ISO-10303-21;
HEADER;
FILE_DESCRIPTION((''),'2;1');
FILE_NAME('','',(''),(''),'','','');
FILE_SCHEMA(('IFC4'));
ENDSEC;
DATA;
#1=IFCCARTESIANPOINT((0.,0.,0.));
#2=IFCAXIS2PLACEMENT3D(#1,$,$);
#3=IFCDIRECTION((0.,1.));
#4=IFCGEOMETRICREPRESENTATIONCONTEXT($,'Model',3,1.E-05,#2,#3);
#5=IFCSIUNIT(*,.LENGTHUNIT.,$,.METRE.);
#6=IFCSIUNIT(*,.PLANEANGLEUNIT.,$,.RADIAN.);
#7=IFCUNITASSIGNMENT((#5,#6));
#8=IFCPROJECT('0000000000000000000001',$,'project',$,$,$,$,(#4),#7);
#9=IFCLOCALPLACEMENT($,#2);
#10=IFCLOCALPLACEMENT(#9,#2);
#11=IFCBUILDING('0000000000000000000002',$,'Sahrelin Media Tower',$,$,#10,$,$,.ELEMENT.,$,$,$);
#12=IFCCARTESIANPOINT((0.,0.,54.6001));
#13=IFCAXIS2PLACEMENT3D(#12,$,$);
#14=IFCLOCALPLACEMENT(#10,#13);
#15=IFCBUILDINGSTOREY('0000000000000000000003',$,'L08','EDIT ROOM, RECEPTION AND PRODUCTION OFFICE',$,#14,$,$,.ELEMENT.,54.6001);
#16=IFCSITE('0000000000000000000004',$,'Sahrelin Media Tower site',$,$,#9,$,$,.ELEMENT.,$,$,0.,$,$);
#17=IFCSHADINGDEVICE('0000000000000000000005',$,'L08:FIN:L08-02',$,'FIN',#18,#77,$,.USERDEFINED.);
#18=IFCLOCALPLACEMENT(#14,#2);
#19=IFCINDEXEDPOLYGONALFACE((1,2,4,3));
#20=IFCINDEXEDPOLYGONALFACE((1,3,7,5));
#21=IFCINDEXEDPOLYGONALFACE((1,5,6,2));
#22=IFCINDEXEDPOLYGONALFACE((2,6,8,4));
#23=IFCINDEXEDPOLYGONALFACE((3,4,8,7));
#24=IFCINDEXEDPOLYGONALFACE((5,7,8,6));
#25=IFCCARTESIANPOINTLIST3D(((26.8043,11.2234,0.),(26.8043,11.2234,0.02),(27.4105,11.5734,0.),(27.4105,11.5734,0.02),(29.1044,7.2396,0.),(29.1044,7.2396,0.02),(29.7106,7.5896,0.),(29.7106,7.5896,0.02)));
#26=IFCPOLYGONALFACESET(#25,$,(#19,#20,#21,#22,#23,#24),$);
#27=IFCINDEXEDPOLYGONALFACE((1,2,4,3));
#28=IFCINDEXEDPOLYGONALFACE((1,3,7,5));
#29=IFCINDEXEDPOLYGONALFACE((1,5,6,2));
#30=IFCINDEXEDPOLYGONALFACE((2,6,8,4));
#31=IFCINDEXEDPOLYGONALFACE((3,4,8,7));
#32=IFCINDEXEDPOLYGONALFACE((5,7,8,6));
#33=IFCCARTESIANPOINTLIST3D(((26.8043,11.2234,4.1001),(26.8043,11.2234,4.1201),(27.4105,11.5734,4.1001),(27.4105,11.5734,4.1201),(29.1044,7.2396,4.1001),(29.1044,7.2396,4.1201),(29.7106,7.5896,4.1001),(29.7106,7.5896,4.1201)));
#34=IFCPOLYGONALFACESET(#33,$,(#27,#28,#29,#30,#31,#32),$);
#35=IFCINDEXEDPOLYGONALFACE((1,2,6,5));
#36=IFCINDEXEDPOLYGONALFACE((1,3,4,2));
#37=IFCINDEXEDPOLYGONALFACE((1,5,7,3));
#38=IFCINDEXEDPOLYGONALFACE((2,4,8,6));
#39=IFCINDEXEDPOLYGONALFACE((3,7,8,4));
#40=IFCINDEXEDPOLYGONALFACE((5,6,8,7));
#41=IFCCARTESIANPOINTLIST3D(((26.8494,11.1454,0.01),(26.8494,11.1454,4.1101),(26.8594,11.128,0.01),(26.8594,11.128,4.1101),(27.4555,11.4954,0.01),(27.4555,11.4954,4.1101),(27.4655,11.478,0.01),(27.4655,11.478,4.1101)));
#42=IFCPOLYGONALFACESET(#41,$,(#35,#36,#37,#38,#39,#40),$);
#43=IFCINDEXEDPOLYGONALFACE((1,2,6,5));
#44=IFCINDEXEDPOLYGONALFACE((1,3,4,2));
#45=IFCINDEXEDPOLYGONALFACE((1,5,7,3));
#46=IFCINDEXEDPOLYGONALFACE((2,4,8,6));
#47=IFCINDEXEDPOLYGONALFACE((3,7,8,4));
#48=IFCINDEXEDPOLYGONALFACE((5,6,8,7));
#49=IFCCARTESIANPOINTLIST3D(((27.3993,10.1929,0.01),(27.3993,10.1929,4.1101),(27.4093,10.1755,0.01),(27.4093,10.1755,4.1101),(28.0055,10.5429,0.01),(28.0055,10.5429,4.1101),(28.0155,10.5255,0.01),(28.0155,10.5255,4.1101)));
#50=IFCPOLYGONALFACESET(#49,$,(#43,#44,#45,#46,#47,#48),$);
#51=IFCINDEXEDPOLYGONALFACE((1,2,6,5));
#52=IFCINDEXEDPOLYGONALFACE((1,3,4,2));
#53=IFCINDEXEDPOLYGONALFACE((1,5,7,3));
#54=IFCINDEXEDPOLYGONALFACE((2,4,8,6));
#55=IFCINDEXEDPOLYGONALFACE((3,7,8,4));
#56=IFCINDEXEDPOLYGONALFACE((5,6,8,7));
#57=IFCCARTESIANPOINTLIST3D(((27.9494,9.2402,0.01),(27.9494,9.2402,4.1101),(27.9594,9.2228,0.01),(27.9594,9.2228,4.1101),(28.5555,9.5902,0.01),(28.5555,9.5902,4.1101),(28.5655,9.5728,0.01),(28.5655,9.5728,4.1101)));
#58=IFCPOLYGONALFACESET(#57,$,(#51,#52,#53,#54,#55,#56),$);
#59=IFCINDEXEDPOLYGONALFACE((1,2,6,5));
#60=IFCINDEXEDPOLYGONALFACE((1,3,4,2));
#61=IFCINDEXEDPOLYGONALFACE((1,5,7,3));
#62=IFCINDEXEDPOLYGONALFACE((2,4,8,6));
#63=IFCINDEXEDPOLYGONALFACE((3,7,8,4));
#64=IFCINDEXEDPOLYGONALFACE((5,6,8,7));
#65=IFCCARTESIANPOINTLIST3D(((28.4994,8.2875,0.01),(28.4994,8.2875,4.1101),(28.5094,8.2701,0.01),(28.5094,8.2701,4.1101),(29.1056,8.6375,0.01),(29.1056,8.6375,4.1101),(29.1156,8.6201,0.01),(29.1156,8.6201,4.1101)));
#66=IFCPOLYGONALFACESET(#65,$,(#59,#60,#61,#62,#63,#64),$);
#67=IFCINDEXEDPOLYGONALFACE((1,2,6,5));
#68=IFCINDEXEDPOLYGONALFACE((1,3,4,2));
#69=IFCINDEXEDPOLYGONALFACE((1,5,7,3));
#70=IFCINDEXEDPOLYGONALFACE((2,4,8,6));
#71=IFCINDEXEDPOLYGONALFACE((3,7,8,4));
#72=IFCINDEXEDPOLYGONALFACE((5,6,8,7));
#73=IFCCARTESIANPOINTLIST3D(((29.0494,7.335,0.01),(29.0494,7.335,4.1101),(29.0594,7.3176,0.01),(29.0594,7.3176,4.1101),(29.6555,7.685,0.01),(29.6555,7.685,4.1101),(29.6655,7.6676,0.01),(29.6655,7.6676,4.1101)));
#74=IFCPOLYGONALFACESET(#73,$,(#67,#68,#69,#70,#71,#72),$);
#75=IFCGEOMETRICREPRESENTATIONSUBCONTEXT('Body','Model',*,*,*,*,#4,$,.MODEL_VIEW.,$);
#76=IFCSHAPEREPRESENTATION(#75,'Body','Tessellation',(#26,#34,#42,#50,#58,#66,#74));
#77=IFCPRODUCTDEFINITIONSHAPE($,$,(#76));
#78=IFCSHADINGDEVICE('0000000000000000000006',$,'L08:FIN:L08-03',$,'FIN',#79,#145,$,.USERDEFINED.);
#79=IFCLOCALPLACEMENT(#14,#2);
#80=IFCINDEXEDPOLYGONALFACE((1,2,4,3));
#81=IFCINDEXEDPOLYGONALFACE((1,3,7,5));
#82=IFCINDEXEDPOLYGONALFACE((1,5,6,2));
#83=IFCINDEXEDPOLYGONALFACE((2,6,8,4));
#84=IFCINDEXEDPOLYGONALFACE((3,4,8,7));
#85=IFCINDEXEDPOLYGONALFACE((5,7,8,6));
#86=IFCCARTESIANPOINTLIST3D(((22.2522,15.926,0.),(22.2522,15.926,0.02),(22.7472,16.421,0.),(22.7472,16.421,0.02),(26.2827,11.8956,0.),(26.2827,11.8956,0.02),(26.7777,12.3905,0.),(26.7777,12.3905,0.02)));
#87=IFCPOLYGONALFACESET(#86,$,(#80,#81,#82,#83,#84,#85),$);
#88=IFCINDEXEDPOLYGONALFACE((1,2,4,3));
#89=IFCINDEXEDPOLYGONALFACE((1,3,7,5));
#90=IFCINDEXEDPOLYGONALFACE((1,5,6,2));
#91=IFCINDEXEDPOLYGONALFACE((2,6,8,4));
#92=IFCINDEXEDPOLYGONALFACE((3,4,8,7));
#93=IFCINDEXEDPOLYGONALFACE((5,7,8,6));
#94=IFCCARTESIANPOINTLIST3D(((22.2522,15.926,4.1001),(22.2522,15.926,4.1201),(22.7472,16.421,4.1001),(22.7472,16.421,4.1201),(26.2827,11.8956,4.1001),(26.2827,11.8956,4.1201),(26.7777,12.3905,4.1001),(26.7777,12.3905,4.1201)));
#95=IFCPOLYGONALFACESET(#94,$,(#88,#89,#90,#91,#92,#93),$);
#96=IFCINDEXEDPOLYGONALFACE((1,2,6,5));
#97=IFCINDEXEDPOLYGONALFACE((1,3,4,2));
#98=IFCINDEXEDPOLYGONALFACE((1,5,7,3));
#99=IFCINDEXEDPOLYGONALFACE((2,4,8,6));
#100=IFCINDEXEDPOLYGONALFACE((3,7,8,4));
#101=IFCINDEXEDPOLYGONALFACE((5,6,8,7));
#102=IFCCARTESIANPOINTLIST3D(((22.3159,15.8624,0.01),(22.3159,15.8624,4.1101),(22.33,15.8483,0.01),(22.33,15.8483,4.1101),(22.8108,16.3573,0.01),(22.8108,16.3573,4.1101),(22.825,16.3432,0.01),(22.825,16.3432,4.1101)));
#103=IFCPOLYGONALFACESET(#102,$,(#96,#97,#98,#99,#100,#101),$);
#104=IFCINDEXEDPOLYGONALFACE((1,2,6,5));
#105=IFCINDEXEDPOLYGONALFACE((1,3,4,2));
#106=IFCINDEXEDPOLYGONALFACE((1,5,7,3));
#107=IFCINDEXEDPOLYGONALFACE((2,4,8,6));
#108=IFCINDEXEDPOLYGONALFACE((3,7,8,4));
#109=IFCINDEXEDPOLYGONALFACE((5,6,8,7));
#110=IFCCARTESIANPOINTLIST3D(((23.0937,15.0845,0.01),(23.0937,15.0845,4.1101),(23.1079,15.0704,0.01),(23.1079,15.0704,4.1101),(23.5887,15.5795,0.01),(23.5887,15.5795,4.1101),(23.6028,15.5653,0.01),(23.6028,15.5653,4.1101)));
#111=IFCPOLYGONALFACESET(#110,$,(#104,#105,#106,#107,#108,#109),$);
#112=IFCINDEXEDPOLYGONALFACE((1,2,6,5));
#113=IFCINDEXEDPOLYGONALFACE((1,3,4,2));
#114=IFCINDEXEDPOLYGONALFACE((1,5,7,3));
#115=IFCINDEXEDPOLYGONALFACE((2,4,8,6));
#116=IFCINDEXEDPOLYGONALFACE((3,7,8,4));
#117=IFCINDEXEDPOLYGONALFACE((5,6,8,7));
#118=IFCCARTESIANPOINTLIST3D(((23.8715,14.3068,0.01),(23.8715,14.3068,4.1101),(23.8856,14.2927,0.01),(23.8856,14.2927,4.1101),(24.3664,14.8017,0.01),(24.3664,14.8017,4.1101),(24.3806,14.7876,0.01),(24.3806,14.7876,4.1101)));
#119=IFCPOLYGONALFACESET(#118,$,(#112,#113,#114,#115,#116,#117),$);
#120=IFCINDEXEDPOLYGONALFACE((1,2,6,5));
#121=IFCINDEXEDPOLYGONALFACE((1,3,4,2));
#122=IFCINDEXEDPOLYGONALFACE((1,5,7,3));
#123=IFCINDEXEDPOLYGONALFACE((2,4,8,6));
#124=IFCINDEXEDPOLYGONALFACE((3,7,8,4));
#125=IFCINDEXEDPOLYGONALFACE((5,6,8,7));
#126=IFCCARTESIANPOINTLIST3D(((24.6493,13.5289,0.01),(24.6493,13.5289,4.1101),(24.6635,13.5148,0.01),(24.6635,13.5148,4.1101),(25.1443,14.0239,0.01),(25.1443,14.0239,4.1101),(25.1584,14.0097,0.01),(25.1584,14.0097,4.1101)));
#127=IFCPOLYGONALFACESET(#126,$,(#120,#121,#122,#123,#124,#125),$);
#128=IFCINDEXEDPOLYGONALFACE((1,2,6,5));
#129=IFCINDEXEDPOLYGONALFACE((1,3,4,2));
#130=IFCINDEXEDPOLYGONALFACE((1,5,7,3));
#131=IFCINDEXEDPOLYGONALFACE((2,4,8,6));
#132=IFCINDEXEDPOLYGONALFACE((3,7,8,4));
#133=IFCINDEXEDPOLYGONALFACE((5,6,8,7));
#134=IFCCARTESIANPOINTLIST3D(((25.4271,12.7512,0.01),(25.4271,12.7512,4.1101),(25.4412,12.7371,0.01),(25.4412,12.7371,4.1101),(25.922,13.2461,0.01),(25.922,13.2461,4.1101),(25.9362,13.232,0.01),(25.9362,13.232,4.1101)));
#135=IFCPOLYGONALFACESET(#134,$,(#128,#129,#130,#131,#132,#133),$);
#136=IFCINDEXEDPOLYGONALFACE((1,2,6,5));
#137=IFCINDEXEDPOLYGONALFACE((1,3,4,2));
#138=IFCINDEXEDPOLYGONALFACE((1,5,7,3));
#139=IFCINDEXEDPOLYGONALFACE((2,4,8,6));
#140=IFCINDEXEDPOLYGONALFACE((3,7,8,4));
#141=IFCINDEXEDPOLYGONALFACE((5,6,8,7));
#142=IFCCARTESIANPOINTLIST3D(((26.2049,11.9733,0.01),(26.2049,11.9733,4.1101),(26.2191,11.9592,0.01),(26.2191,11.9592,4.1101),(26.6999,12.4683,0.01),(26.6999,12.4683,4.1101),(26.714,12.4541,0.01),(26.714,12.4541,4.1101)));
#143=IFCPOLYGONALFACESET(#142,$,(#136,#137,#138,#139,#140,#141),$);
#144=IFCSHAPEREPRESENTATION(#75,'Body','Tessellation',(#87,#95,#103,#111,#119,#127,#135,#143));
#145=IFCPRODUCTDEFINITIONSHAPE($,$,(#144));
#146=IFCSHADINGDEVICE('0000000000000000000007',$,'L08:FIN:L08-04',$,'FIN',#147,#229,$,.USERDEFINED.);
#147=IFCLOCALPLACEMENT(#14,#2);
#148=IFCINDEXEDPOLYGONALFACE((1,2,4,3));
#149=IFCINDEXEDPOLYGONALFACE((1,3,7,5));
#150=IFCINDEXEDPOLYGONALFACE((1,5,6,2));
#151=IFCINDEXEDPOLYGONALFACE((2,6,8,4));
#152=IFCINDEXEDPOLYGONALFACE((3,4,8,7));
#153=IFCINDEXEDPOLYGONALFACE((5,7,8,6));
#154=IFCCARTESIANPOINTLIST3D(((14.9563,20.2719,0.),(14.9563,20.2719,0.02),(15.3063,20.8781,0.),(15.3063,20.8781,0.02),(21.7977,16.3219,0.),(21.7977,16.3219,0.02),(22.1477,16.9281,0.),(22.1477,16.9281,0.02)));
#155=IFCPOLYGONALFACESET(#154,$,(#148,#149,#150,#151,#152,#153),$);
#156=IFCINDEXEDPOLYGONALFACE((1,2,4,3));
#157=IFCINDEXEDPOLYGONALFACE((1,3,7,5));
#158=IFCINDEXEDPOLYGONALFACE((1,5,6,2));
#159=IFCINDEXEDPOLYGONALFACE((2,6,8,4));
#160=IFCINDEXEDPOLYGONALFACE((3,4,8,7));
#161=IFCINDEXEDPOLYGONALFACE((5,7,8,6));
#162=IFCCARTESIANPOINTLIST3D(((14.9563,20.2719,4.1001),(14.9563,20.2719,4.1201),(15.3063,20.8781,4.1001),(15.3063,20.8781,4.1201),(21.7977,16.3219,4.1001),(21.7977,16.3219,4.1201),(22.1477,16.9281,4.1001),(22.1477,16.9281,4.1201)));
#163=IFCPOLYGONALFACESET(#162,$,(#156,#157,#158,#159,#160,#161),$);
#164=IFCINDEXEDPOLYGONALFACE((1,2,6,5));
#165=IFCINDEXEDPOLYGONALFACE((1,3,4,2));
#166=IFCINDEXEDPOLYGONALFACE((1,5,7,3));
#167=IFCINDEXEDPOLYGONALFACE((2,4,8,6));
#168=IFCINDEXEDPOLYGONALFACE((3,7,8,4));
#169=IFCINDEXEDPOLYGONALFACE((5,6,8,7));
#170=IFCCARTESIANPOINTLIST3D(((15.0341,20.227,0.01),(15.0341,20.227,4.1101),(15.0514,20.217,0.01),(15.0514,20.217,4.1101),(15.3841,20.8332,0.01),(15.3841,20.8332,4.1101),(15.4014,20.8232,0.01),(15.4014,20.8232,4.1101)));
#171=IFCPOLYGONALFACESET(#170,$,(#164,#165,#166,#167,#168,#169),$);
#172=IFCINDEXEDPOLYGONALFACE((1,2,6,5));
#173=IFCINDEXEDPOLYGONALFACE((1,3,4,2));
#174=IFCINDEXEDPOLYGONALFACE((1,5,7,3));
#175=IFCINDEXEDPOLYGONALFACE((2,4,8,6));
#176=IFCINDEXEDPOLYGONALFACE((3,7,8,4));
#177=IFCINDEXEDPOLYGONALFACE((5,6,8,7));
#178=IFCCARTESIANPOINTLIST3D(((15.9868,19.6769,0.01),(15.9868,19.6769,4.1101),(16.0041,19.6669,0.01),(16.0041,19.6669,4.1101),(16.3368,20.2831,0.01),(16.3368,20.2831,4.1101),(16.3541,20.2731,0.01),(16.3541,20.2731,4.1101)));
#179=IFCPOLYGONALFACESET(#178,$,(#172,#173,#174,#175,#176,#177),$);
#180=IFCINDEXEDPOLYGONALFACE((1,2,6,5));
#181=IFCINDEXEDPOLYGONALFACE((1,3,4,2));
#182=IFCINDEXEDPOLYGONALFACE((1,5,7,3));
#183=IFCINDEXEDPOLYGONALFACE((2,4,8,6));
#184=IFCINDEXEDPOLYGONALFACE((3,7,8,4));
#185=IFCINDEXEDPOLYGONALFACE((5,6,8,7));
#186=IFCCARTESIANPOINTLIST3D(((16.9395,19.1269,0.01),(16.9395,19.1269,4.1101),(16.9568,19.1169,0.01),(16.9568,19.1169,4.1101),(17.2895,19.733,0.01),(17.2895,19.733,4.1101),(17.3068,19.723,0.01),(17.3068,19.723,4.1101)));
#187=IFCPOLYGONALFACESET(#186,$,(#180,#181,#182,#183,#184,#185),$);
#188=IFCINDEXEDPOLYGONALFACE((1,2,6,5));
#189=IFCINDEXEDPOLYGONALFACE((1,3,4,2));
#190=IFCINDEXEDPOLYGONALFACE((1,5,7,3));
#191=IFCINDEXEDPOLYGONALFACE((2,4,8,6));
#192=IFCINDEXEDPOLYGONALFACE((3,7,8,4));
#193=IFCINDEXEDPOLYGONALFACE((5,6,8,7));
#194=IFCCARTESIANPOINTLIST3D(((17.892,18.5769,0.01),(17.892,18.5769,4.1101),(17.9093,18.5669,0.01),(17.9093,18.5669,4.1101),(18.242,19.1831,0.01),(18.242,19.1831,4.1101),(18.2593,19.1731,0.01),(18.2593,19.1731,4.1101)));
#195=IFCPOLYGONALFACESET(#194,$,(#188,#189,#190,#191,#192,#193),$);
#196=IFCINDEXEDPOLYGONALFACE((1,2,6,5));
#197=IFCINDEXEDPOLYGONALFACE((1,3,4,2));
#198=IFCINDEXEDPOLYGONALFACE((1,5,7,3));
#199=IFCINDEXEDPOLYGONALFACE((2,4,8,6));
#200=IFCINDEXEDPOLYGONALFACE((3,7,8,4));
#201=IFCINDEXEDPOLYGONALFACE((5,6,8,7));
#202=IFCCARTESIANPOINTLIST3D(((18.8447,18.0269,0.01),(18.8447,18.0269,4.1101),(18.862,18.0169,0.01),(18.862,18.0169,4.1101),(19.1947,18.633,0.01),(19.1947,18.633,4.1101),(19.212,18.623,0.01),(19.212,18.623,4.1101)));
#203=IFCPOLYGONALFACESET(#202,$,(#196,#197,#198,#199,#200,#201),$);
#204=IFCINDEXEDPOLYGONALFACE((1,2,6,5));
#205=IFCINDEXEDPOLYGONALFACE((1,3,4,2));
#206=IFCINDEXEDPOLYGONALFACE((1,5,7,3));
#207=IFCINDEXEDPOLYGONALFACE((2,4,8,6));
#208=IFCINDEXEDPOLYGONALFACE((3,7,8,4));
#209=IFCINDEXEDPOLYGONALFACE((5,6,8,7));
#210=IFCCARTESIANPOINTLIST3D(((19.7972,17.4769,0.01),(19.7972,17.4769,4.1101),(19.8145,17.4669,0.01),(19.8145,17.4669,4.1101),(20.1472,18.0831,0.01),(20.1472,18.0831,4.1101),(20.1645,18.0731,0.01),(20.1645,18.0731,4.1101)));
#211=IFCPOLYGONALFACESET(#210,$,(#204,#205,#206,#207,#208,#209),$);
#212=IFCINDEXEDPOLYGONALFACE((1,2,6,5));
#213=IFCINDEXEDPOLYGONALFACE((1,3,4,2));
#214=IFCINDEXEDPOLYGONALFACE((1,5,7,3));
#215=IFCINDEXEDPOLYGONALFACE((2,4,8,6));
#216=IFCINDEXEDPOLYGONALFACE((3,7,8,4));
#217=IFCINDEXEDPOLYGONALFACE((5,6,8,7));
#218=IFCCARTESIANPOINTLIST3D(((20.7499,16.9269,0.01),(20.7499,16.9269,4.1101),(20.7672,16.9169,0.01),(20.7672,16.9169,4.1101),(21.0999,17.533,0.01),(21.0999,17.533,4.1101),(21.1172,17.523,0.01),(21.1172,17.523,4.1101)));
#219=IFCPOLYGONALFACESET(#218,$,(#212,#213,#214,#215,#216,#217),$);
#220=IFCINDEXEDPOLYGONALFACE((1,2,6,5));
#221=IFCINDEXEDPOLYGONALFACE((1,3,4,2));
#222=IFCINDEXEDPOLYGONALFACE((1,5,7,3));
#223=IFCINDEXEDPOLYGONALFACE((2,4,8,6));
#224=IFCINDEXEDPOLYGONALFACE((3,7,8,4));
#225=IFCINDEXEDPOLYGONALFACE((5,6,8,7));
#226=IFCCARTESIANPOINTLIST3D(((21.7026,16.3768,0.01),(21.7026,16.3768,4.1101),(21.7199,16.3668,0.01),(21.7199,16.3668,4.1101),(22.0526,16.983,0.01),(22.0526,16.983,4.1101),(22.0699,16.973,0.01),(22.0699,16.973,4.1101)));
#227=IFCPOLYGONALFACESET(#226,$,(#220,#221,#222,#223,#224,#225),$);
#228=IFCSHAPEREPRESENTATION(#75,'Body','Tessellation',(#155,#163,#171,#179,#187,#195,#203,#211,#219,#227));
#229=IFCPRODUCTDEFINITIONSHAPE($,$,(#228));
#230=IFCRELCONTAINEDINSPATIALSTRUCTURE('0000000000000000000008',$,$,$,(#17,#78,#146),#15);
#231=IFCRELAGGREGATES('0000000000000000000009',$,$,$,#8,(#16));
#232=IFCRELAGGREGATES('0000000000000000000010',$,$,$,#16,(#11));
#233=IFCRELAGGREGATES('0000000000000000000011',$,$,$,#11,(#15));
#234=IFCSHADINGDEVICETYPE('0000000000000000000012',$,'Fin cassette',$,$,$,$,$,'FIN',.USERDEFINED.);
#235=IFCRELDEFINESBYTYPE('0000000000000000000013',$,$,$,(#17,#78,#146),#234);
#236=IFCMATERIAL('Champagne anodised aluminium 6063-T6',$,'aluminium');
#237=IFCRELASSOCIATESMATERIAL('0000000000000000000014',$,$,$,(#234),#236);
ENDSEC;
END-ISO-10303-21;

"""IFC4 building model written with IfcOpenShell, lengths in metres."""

from ifc_helpers import new_model, si_unit, direction, frame, origin, origin_2d, place, context, subcontext, project, spatial, rectangle, extrude, material, type_object, element, save


model = new_model("IFC4")

# Units and contexts
model_context = context("Model", 3, precision=1e-05, world=origin(), true_north=direction((0.0, 1.0)))
body_context = subcontext(model_context, "Body", "Model", "MODEL_VIEW")
ifc_project = project(units=[si_unit("LENGTHUNIT", "METRE"), si_unit("PLANEANGLEUNIT", "RADIAN")], contexts=[model_context])

# Site, building, storey
site_placement = place(None, origin())
site = spatial("IfcSite", under=ifc_project, at=site_placement, Name="Sahrelin Media Tower site", CompositionType="ELEMENT", RefElevation=0.0)
building_placement = place(site_placement, origin())
building = spatial("IfcBuilding", under=site, at=building_placement, Name="Sahrelin Media Tower", CompositionType="ELEMENT")
storey_placement = place(building_placement, frame((0.0, 0.0, 54.6001)))
storey = spatial("IfcBuildingStorey", under=building, at=storey_placement, Name="L08", Description="EDIT ROOM, RECEPTION AND PRODUCTION OFFICE", CompositionType="ELEMENT", Elevation=54.6001)

# Shared definitions
ifc_material_1 = material(Name="Champagne anodised aluminium 6063-T6", Category="aluminium")

# Shading devices
shading_device_type_1 = type_object("IfcShadingDeviceType", Name="Fin cassette", ElementType="FIN", PredefinedType="USERDEFINED", material=ifc_material_1)
placement_1 = place(storey_placement, frame((27.8938, 9.1965, 0.0), z_axis=(0.0, 0.0, 1.0), x_axis=(0.500011, -0.866019, 0.0)))
element("IfcShadingDevice", 1, at=placement_1, inside=storey, type_object=shading_device_type_1, Name="L08:FIN:L08-02", ObjectType="FIN", PredefinedType="USERDEFINED", context=body_context, shape_type="SweptSolid", body=[
    extrude(rectangle(XDim=4.6001, YDim=0.7, at=origin_2d()), frame((0.0, 0.4199, 0.0)), (0.0, 0.0, 1.0), 0.02),
    extrude(rectangle(XDim=4.6001, YDim=0.7, at=origin_2d()), frame((0.0, 0.4199, 4.1001)), (0.0, 0.0, 1.0), 0.02),
    extrude(rectangle(XDim=0.02, YDim=0.7, at=origin_2d()), frame((-2.2, 0.4199, 0.01), z_axis=(0.0, 0.0, 1.0), x_axis=(1.0, 0.0, 0.0)), (0.0, 0.0, 1.0), 4.1001),
    extrude(rectangle(XDim=0.02, YDim=0.7, at=origin_2d()), frame((-1.1001, 0.4199, 0.01), z_axis=(0.0, 0.0, 1.0), x_axis=(1.0, 0.0, 0.0)), (0.0, 0.0, 1.0), 4.1001),
    extrude(rectangle(XDim=0.02, YDim=0.7, at=origin_2d()), frame((0.0, 0.4199, 0.01), z_axis=(0.0, 0.0, 1.0), x_axis=(1.0, 0.0, 0.0)), (0.0, 0.0, 1.0), 4.1001),
    extrude(rectangle(XDim=0.02, YDim=0.7, at=origin_2d()), frame((1.1001, 0.4199, 0.01), z_axis=(0.0, 0.0, 1.0), x_axis=(1.0, 0.0, 0.0)), (0.0, 0.0, 1.0), 4.1001),
    extrude(rectangle(XDim=0.02, YDim=0.7, at=origin_2d()), frame((2.2, 0.4199, 0.01), z_axis=(0.0, 0.0, 1.0), x_axis=(1.0, 0.0, 0.0)), (0.0, 0.0, 1.0), 4.1001),
])
placement_2 = place(storey_placement, frame((24.218, 13.8613, 0.0), z_axis=(0.0, 0.0, 1.0), x_axis=(0.707107, -0.707107, 0.0)))
element("IfcShadingDevice", 2, at=placement_2, inside=storey, type_object=shading_device_type_1, Name="L08:FIN:L08-03", ObjectType="FIN", PredefinedType="USERDEFINED", context=body_context, shape_type="SweptSolid", body=[
    extrude(rectangle(XDim=5.7, YDim=0.7, at=origin_2d()), frame((0.0, 0.4199, 0.0)), (0.0, 0.0, 1.0), 0.02),
    extrude(rectangle(XDim=5.7, YDim=0.7, at=origin_2d()), frame((0.0, 0.4199, 4.1001)), (0.0, 0.0, 1.0), 0.02),
    extrude(rectangle(XDim=0.02, YDim=0.7, at=origin_2d()), frame((-2.75, 0.4199, 0.01), z_axis=(0.0, 0.0, 1.0), x_axis=(1.0, 0.0, 0.0)), (0.0, 0.0, 1.0), 4.1001),
    extrude(rectangle(XDim=0.02, YDim=0.7, at=origin_2d()), frame((-1.6499, 0.4199, 0.01), z_axis=(0.0, 0.0, 1.0), x_axis=(1.0, 0.0, 0.0)), (0.0, 0.0, 1.0), 4.1001),
    extrude(rectangle(XDim=0.02, YDim=0.7, at=origin_2d()), frame((-0.55, 0.4199, 0.01), z_axis=(0.0, 0.0, 1.0), x_axis=(1.0, 0.0, 0.0)), (0.0, 0.0, 1.0), 4.1001),
    extrude(rectangle(XDim=0.02, YDim=0.7, at=origin_2d()), frame((0.55, 0.4199, 0.01), z_axis=(0.0, 0.0, 1.0), x_axis=(1.0, 0.0, 0.0)), (0.0, 0.0, 1.0), 4.1001),
    extrude(rectangle(XDim=0.02, YDim=0.7, at=origin_2d()), frame((1.6499, 0.4199, 0.01), z_axis=(0.0, 0.0, 1.0), x_axis=(1.0, 0.0, 0.0)), (0.0, 0.0, 1.0), 4.1001),
    extrude(rectangle(XDim=0.02, YDim=0.7, at=origin_2d()), frame((2.75, 0.4199, 0.01), z_axis=(0.0, 0.0, 1.0), x_axis=(1.0, 0.0, 0.0)), (0.0, 0.0, 1.0), 4.1001),
])
placement_3 = place(storey_placement, frame((18.342, 18.2363, 0.0), z_axis=(0.0, 0.0, 1.0), x_axis=(0.866019, -0.500011, 0.0)))
element("IfcShadingDevice", 3, at=placement_3, inside=storey, type_object=shading_device_type_1, Name="L08:FIN:L08-04", ObjectType="FIN", PredefinedType="USERDEFINED", context=body_context, shape_type="SweptSolid", body=[
    extrude(rectangle(XDim=7.8999, YDim=0.7, at=origin_2d()), frame((0.0, 0.4199, 0.0)), (0.0, 0.0, 1.0), 0.02),
    extrude(rectangle(XDim=7.8999, YDim=0.7, at=origin_2d()), frame((0.0, 0.4199, 4.1001)), (0.0, 0.0, 1.0), 0.02),
    extrude(rectangle(XDim=0.02, YDim=0.7, at=origin_2d()), frame((-3.8501, 0.4199, 0.01), z_axis=(0.0, 0.0, 1.0), x_axis=(1.0, 0.0, 0.0)), (0.0, 0.0, 1.0), 4.1001),
    extrude(rectangle(XDim=0.02, YDim=0.7, at=origin_2d()), frame((-2.75, 0.4199, 0.01), z_axis=(0.0, 0.0, 1.0), x_axis=(1.0, 0.0, 0.0)), (0.0, 0.0, 1.0), 4.1001),
    extrude(rectangle(XDim=0.02, YDim=0.7, at=origin_2d()), frame((-1.6499, 0.4199, 0.01), z_axis=(0.0, 0.0, 1.0), x_axis=(1.0, 0.0, 0.0)), (0.0, 0.0, 1.0), 4.1001),
    extrude(rectangle(XDim=0.02, YDim=0.7, at=origin_2d()), frame((-0.55, 0.4199, 0.01), z_axis=(0.0, 0.0, 1.0), x_axis=(1.0, 0.0, 0.0)), (0.0, 0.0, 1.0), 4.1001),
    extrude(rectangle(XDim=0.02, YDim=0.7, at=origin_2d()), frame((0.55, 0.4199, 0.01), z_axis=(0.0, 0.0, 1.0), x_axis=(1.0, 0.0, 0.0)), (0.0, 0.0, 1.0), 4.1001),
    extrude(rectangle(XDim=0.02, YDim=0.7, at=origin_2d()), frame((1.6499, 0.4199, 0.01), z_axis=(0.0, 0.0, 1.0), x_axis=(1.0, 0.0, 0.0)), (0.0, 0.0, 1.0), 4.1001),
    extrude(rectangle(XDim=0.02, YDim=0.7, at=origin_2d()), frame((2.75, 0.4199, 0.01), z_axis=(0.0, 0.0, 1.0), x_axis=(1.0, 0.0, 0.0)), (0.0, 0.0, 1.0), 4.1001),
    extrude(rectangle(XDim=0.02, YDim=0.7, at=origin_2d()), frame((3.8501, 0.4199, 0.01), z_axis=(0.0, 0.0, 1.0), x_axis=(1.0, 0.0, 0.0)), (0.0, 0.0, 1.0), 4.1001),
])

save(model, "model.ifc")
